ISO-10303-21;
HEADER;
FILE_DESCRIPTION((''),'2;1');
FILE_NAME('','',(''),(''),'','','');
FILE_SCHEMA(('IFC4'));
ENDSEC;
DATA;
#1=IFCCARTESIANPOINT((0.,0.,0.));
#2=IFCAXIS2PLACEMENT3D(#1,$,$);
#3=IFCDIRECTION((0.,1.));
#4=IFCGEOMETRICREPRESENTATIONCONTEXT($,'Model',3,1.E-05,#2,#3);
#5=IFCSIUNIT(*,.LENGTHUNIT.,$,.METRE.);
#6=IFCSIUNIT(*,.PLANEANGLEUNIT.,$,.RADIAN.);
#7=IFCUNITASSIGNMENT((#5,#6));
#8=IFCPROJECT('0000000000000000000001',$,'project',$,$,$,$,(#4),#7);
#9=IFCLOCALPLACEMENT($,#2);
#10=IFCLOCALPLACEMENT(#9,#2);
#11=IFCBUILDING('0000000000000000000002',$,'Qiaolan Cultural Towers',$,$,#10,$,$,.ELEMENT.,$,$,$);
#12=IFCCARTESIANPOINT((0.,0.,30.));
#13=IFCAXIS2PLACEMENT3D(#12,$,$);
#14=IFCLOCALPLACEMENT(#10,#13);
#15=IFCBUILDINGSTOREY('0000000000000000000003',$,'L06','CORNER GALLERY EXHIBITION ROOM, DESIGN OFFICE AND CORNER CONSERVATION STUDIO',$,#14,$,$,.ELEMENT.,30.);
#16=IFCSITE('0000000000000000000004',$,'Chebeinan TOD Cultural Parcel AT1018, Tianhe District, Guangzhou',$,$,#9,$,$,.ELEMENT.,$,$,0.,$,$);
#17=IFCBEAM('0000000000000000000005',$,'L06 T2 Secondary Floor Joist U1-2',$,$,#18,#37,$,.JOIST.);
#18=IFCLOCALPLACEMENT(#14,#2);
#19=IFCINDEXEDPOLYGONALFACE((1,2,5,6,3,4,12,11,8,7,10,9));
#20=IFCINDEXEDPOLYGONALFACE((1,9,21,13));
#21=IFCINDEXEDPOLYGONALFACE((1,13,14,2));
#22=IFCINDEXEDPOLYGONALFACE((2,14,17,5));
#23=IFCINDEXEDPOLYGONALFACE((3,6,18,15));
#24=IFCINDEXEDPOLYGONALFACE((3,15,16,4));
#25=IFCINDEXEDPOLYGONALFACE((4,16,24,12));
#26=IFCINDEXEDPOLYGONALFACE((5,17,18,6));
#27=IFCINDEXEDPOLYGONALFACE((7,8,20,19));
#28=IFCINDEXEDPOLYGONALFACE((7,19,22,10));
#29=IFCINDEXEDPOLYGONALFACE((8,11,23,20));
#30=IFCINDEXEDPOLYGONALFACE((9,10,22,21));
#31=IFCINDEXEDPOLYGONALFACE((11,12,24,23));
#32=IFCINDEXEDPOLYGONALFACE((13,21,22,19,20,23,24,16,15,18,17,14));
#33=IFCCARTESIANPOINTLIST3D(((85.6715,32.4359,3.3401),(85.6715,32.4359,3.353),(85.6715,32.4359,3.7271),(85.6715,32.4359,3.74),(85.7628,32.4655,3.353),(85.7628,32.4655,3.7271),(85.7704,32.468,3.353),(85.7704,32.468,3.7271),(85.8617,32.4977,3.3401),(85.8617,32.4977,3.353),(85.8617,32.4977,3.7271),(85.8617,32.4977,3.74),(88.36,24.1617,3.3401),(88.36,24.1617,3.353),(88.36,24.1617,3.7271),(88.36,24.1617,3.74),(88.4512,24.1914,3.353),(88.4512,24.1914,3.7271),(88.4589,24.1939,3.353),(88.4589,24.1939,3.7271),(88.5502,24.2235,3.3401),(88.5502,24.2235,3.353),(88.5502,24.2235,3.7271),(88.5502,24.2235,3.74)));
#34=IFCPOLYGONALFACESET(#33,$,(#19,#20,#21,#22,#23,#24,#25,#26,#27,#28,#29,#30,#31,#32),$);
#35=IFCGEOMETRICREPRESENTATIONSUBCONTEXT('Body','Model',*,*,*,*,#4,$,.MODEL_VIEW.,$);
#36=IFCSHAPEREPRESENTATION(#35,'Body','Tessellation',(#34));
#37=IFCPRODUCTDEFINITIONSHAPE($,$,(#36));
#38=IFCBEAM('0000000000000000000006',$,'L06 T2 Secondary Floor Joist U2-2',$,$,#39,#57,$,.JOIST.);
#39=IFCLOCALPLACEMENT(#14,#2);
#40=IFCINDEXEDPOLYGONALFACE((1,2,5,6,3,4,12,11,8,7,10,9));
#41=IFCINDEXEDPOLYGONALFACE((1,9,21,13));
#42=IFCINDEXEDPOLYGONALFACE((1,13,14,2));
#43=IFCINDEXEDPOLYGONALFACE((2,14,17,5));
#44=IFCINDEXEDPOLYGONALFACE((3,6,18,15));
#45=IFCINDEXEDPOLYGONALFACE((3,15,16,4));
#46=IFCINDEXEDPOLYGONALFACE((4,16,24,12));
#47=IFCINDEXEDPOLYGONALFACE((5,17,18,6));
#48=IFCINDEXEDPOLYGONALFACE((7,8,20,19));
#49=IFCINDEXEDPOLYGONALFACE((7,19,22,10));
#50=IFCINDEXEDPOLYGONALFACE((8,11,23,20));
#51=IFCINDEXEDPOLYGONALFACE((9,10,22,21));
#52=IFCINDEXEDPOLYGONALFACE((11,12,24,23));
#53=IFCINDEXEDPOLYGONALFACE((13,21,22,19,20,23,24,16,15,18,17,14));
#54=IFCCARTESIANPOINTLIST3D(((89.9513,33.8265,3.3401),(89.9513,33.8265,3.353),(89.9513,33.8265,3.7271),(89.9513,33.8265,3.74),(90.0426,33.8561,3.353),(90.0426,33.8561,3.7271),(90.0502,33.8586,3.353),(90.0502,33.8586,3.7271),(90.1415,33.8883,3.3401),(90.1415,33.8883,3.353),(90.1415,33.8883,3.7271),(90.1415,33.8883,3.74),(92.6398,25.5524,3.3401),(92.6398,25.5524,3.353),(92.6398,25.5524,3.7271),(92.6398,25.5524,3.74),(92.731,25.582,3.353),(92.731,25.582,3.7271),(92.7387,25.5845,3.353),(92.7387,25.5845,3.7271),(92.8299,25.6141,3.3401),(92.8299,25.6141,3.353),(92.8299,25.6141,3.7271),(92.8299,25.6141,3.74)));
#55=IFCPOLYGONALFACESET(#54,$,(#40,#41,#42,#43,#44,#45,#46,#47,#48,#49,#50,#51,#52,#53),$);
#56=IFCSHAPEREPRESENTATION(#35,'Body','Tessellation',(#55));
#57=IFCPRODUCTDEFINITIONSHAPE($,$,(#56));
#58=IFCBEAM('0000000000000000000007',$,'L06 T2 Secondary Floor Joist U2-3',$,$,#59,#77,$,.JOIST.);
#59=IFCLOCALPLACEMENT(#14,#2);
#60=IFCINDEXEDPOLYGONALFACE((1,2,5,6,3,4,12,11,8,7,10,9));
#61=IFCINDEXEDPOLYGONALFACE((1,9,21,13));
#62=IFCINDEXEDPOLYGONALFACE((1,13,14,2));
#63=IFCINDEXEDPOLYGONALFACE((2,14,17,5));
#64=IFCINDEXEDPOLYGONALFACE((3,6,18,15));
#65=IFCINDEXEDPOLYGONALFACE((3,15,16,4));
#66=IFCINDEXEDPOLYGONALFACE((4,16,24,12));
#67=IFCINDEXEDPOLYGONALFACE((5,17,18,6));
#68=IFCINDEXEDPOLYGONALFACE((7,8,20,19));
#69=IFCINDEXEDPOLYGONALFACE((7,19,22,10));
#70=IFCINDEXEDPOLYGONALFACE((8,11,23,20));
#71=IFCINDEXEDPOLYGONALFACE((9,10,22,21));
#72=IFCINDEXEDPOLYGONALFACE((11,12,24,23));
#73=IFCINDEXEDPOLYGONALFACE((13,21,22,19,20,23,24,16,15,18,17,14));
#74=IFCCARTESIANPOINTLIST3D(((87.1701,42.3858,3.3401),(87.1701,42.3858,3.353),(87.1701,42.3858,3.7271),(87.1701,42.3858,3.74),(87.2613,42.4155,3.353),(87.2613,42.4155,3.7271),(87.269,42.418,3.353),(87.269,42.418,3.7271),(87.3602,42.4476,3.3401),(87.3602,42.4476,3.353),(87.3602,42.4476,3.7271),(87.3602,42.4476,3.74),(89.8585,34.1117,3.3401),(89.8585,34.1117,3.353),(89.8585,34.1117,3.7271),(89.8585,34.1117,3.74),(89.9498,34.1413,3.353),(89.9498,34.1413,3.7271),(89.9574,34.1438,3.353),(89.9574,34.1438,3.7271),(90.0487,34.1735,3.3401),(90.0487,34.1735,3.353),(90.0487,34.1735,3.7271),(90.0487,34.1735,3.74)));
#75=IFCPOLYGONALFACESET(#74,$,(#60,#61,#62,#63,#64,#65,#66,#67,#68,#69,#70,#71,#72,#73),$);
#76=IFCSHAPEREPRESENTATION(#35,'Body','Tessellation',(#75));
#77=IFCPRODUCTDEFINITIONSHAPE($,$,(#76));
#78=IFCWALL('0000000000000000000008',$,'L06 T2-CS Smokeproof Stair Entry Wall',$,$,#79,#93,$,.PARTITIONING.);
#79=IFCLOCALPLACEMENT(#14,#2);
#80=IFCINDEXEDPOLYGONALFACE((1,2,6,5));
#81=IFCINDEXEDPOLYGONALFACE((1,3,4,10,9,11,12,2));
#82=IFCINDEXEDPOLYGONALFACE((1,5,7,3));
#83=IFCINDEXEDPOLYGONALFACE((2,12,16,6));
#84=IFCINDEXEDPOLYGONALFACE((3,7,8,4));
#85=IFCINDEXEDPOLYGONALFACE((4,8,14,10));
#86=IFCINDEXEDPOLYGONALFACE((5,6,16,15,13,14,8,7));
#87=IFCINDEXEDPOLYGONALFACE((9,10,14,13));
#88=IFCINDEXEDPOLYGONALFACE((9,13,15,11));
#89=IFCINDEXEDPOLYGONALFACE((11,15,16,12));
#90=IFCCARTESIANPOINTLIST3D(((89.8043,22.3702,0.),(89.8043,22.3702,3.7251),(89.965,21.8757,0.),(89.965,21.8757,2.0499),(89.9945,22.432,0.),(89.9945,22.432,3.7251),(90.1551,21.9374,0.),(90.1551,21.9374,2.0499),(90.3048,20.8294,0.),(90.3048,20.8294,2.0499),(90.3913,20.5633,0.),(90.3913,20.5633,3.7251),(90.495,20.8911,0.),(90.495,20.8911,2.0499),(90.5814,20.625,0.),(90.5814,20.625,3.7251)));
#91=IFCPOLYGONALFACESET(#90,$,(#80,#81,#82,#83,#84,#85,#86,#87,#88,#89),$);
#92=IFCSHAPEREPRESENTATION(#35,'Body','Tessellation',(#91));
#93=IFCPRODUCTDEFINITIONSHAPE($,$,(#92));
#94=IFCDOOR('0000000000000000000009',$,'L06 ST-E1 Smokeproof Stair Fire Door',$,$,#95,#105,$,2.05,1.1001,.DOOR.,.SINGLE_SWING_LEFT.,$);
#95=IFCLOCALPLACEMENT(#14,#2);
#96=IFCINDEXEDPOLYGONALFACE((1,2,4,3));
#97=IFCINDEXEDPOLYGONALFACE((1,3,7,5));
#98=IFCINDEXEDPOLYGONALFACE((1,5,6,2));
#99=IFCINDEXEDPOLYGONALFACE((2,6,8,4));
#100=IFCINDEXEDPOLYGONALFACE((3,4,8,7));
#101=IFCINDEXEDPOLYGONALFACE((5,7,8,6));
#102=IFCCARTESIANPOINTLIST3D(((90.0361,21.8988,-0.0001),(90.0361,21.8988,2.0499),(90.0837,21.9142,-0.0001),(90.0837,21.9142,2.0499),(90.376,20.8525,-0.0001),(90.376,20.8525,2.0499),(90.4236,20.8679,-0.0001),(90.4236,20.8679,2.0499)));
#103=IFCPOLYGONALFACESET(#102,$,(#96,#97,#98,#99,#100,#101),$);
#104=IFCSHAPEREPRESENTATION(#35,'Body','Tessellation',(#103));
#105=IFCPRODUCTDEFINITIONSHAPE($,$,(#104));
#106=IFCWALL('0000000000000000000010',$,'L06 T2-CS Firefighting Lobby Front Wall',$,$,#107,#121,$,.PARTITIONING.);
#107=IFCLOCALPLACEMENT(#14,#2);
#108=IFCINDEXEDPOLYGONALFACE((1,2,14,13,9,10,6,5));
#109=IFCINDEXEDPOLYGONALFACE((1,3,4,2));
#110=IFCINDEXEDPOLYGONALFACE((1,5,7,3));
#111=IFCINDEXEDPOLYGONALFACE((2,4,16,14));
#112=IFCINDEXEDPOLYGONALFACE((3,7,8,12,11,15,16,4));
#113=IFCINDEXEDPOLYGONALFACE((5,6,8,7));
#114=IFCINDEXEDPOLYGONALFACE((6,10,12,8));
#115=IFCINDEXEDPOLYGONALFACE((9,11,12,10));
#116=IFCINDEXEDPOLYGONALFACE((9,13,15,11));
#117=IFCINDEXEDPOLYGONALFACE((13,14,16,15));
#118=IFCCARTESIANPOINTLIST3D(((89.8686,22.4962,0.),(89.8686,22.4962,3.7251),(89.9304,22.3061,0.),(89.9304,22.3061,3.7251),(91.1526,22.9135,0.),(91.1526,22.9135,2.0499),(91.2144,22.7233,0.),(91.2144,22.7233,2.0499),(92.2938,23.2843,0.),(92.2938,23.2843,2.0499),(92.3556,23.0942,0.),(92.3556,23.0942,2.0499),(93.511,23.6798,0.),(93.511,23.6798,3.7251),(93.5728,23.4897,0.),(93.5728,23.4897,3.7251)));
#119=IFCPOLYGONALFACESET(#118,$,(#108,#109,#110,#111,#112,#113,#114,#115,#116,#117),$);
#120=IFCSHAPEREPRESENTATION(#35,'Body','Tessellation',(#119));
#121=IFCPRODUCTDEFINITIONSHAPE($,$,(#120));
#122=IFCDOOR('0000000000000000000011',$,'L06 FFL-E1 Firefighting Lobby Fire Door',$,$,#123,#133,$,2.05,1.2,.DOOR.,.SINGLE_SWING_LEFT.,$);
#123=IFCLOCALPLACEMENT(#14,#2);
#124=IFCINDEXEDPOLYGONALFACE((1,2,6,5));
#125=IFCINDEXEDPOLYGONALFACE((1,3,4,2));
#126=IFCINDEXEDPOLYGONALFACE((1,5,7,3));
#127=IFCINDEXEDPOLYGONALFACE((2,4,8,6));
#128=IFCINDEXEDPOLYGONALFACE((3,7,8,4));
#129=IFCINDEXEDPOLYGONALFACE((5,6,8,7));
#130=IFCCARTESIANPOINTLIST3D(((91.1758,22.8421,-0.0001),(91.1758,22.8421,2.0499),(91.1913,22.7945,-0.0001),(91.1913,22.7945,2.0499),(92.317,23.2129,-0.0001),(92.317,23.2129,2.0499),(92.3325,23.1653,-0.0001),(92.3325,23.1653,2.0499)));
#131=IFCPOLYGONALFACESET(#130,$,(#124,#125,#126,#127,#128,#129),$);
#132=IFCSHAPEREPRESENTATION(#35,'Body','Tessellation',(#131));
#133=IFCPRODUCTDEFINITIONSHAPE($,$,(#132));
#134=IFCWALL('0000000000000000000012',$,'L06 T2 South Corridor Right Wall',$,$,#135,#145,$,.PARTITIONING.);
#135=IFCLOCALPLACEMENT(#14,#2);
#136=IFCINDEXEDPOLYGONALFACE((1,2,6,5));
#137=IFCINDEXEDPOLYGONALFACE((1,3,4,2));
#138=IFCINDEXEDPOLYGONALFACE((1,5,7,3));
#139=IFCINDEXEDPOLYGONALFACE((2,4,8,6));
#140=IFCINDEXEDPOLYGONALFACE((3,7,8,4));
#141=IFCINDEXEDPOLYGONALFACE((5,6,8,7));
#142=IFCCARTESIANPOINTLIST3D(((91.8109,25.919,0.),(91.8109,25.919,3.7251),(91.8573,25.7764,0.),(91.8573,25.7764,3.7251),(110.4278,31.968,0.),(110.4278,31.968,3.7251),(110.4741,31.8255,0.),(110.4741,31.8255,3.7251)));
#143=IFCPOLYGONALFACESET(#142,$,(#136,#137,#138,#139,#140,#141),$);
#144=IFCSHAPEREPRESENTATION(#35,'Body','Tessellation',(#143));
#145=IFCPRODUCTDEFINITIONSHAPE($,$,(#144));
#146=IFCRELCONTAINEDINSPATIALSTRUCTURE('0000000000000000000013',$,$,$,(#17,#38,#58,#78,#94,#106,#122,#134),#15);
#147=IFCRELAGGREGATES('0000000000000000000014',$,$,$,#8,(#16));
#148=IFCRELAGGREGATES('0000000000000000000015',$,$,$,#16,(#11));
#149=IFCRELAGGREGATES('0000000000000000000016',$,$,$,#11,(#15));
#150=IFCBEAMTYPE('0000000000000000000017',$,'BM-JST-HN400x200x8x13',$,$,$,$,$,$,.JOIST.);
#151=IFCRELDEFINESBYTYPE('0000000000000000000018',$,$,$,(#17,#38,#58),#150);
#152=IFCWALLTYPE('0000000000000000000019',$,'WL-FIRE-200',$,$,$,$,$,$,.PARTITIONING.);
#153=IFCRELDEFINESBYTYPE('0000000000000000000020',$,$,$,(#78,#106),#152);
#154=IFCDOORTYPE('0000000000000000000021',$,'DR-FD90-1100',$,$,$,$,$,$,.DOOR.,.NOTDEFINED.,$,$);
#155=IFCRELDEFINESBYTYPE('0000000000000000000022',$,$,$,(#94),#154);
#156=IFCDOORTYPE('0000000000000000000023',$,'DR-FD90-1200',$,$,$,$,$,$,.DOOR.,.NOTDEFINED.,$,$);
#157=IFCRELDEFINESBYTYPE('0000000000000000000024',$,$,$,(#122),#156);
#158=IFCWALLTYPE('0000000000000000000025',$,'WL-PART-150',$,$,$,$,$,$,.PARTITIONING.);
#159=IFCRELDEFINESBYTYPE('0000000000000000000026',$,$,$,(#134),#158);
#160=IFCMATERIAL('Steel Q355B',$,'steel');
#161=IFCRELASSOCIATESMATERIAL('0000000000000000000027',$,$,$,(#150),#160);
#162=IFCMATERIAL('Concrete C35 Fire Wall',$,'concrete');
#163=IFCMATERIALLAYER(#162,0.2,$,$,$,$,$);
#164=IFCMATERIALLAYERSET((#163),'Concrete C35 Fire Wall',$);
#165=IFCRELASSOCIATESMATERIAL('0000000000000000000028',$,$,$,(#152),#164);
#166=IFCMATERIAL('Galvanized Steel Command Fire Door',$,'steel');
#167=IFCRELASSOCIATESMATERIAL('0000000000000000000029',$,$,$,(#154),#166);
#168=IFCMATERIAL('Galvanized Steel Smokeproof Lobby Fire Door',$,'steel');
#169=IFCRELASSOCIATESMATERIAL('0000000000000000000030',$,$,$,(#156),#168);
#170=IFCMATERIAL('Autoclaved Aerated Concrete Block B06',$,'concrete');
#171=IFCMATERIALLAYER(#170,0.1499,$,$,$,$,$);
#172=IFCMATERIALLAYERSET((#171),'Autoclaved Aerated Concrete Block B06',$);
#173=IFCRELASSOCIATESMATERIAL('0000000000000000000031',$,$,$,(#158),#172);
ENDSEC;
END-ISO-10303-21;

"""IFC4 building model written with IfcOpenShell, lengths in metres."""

from ifc_helpers import new_model, si_unit, direction, frame, frame_2d, origin, origin_2d, place, context, subcontext, project, spatial, rectangle, i_section, extrude, material, layer, layer_set, material_profile, profile_set, type_object, element, fill, save


model = new_model("IFC4")

# Units and contexts
model_context = context("Model", 3, precision=1e-05, world=origin(), true_north=direction((0.0, 1.0)))
body_context = subcontext(model_context, "Body", "Model", "MODEL_VIEW")
ifc_project = project(units=[si_unit("LENGTHUNIT", "METRE"), si_unit("PLANEANGLEUNIT", "RADIAN")], contexts=[model_context])

# Site, building, storey
site_placement = place(None, origin())
site = spatial("IfcSite", under=ifc_project, at=site_placement, Name="Chebeinan TOD Cultural Parcel AT1018, Tianhe District, Guangzhou", CompositionType="ELEMENT", RefElevation=0.0)
building_placement = place(site_placement, origin())
building = spatial("IfcBuilding", under=site, at=building_placement, Name="Qiaolan Cultural Towers", CompositionType="ELEMENT")
storey_placement = place(building_placement, frame((0.0, 0.0, 30.0)))
storey = spatial("IfcBuildingStorey", under=building, at=storey_placement, Name="L06", Description="CORNER GALLERY EXHIBITION ROOM, DESIGN OFFICE AND CORNER CONSERVATION STUDIO", CompositionType="ELEMENT", Elevation=30.0)

# Beams
ifc_material_1 = material(Name="Steel Q355B", Category="steel")
ifc_material_profile = material_profile(ifc_material_1, i_section(OverallWidth=0.2, OverallDepth=0.3999, WebThickness=0.0081, FlangeThickness=0.0129, at=origin_2d()), Name="HN400x200x8x13")
ifc_profile_set = profile_set([ifc_material_profile], Name="Steel Q355B")
beam_type = type_object("IfcBeamType", Name="BM-JST-HN400x200x8x13", PredefinedType="JOIST", material=ifc_profile_set)
for number, where, z_axis, x_axis, name in (
    (1, (88.4551, 24.1926, 3.54), (-0.309021, 0.951055, 0.0), (-0.951055, -0.309021, 0.0), "L06 T2 Secondary Floor Joist U1-2"),
    (2, (92.7349, 25.5833, 3.54), (-0.309021, 0.951055, 0.0), (-0.951055, -0.309021, 0.0), "L06 T2 Secondary Floor Joist U2-2"),
    (3, (89.9536, 34.1426, 3.54), (-0.309021, 0.951055, 0.0), (-0.951055, -0.309021, 0.0), "L06 T2 Secondary Floor Joist U2-3"),
):
    element("IfcBeam", number, at=place(storey_placement, frame(where, z_axis=z_axis, x_axis=x_axis)), inside=storey, type_object=beam_type, Name=name, PredefinedType="JOIST", context=body_context, shape_type="SweptSolid", body=[
        extrude(i_section(OverallWidth=0.2, OverallDepth=0.3999, WebThickness=0.0081, FlangeThickness=0.0129, at=origin_2d()), origin(), (0.0, 0.0, 1.0), 8.7),
    ])

# Walls, openings, doors
ifc_material_2 = material(Name="Concrete C35 Fire Wall", Category="concrete")
ifc_layer_1 = layer(ifc_material_2, 0.2)
ifc_layer_set_1 = layer_set([ifc_layer_1], Name="Concrete C35 Fire Wall")
wall_type_1 = type_object("IfcWallType", Name="WL-FIRE-200", PredefinedType="PARTITIONING", material=ifc_layer_set_1)
wall_1_placement = place(storey_placement, frame((89.8994, 22.4011, 0.0), z_axis=(0.0, 0.0, 1.0), x_axis=(0.308932, -0.951084, 0.0)))
wall_1 = element("IfcWall", 4, at=wall_1_placement, inside=storey, type_object=wall_type_1, Name="L06 T2-CS Smokeproof Stair Entry Wall", PredefinedType="PARTITIONING", context=body_context, shape_type="SweptSolid", body=[
    extrude(rectangle(XDim=1.8999, YDim=0.2, at=frame_2d((0.95, 0.0))), origin(), (0.0, 0.0, 1.0), 3.7251),
])
opening_1_placement = place(wall_1_placement, frame((0.52, 0.0, 0.0)))
opening_1 = element("IfcOpeningElement", 5, at=opening_1_placement, cuts=wall_1, PredefinedType="OPENING", context=body_context, shape_type="SweptSolid", body=[
    extrude(rectangle(XDim=1.1001, YDim=2.05, at=frame_2d((0.55, 1.0249))), frame((0.0, 0.1099, 0.0), z_axis=(0.0, -1.0, 0.0), x_axis=(1.0, 0.0, 0.0)), (0.0, 0.0, 1.0), 0.22),
])
ifc_material_3 = material(Name="Galvanized Steel Command Fire Door", Category="steel")
door_type_1 = type_object("IfcDoorType", Name="DR-FD90-1100", OperationType="NOTDEFINED", PredefinedType="DOOR", material=ifc_material_3)
door_1_placement = place(opening_1_placement, origin())
door_1 = element("IfcDoor", 6, at=door_1_placement, inside=storey, type_object=door_type_1, Name="L06 ST-E1 Smokeproof Stair Fire Door", OperationType="SINGLE_SWING_LEFT", OverallHeight=2.05, OverallWidth=1.1001, PredefinedType="DOOR", context=body_context, shape_type="SweptSolid", body=[
    extrude(rectangle(XDim=1.1001, YDim=2.05, at=frame_2d((0.55, 1.0249))), frame((0.0, 0.0249, 0.0), z_axis=(0.0, -1.0, 0.0), x_axis=(1.0, 0.0, 0.0)), (0.0, 0.0, 1.0), 0.05),
])
fill(opening_1, door_1)
wall_2_placement = place(storey_placement, frame((89.8994, 22.4011, 0.0), z_axis=(0.0, 0.0, 1.0), x_axis=(0.951047, 0.309047, 0.0)))
wall_2 = element("IfcWall", 7, at=wall_2_placement, inside=storey, type_object=wall_type_1, Name="L06 T2-CS Firefighting Lobby Front Wall", PredefinedType="PARTITIONING", context=body_context, shape_type="SweptSolid", body=[
    extrude(rectangle(XDim=3.8298, YDim=0.2, at=frame_2d((1.915, 0.0))), origin(), (0.0, 0.0, 1.0), 3.7251),
])
opening_2_placement = place(wall_2_placement, frame((1.3501, 0.0, 0.0)))
opening_2 = element("IfcOpeningElement", 8, at=opening_2_placement, cuts=wall_2, PredefinedType="OPENING", context=body_context, shape_type="SweptSolid", body=[
    extrude(rectangle(XDim=1.2, YDim=2.05, at=frame_2d((0.6001, 1.0249))), frame((0.0, 0.1099, 0.0), z_axis=(0.0, -1.0, 0.0), x_axis=(1.0, 0.0, 0.0)), (0.0, 0.0, 1.0), 0.22),
])
ifc_material_4 = material(Name="Galvanized Steel Smokeproof Lobby Fire Door", Category="steel")
door_type_2 = type_object("IfcDoorType", Name="DR-FD90-1200", OperationType="NOTDEFINED", PredefinedType="DOOR", material=ifc_material_4)
door_2_placement = place(opening_2_placement, origin())
door_2 = element("IfcDoor", 9, at=door_2_placement, inside=storey, type_object=door_type_2, Name="L06 FFL-E1 Firefighting Lobby Fire Door", OperationType="SINGLE_SWING_LEFT", OverallHeight=2.05, OverallWidth=1.2, PredefinedType="DOOR", context=body_context, shape_type="SweptSolid", body=[
    extrude(rectangle(XDim=1.2, YDim=2.05, at=frame_2d((0.6001, 1.0249))), frame((0.0, 0.0249, 0.0), z_axis=(0.0, -1.0, 0.0), x_axis=(1.0, 0.0, 0.0)), (0.0, 0.0, 1.0), 0.05),
])
fill(opening_2, door_2)

# Wall
ifc_material_5 = material(Name="Autoclaved Aerated Concrete Block B06", Category="concrete")
ifc_layer_2 = layer(ifc_material_5, 0.1499)
ifc_layer_set_2 = layer_set([ifc_layer_2], Name="Autoclaved Aerated Concrete Block B06")
wall_type_2 = type_object("IfcWallType", Name="WL-PART-150", PredefinedType="PARTITIONING", material=ifc_layer_set_2)
wall_3_placement = place(storey_placement, frame((91.834, 25.8477, 0.0), z_axis=(0.0, 0.0, 1.0), x_axis=(0.951056, 0.30902, 0.0)))
element("IfcWall", 10, at=wall_3_placement, inside=storey, type_object=wall_type_2, Name="L06 T2 South Corridor Right Wall", PredefinedType="PARTITIONING", context=body_context, shape_type="SweptSolid", body=[
    extrude(rectangle(XDim=19.575, YDim=0.1499, at=frame_2d((9.7876, 0.0))), origin(), (0.0, 0.0, 1.0), 3.7251),
])

save(model, "model.ifc")
